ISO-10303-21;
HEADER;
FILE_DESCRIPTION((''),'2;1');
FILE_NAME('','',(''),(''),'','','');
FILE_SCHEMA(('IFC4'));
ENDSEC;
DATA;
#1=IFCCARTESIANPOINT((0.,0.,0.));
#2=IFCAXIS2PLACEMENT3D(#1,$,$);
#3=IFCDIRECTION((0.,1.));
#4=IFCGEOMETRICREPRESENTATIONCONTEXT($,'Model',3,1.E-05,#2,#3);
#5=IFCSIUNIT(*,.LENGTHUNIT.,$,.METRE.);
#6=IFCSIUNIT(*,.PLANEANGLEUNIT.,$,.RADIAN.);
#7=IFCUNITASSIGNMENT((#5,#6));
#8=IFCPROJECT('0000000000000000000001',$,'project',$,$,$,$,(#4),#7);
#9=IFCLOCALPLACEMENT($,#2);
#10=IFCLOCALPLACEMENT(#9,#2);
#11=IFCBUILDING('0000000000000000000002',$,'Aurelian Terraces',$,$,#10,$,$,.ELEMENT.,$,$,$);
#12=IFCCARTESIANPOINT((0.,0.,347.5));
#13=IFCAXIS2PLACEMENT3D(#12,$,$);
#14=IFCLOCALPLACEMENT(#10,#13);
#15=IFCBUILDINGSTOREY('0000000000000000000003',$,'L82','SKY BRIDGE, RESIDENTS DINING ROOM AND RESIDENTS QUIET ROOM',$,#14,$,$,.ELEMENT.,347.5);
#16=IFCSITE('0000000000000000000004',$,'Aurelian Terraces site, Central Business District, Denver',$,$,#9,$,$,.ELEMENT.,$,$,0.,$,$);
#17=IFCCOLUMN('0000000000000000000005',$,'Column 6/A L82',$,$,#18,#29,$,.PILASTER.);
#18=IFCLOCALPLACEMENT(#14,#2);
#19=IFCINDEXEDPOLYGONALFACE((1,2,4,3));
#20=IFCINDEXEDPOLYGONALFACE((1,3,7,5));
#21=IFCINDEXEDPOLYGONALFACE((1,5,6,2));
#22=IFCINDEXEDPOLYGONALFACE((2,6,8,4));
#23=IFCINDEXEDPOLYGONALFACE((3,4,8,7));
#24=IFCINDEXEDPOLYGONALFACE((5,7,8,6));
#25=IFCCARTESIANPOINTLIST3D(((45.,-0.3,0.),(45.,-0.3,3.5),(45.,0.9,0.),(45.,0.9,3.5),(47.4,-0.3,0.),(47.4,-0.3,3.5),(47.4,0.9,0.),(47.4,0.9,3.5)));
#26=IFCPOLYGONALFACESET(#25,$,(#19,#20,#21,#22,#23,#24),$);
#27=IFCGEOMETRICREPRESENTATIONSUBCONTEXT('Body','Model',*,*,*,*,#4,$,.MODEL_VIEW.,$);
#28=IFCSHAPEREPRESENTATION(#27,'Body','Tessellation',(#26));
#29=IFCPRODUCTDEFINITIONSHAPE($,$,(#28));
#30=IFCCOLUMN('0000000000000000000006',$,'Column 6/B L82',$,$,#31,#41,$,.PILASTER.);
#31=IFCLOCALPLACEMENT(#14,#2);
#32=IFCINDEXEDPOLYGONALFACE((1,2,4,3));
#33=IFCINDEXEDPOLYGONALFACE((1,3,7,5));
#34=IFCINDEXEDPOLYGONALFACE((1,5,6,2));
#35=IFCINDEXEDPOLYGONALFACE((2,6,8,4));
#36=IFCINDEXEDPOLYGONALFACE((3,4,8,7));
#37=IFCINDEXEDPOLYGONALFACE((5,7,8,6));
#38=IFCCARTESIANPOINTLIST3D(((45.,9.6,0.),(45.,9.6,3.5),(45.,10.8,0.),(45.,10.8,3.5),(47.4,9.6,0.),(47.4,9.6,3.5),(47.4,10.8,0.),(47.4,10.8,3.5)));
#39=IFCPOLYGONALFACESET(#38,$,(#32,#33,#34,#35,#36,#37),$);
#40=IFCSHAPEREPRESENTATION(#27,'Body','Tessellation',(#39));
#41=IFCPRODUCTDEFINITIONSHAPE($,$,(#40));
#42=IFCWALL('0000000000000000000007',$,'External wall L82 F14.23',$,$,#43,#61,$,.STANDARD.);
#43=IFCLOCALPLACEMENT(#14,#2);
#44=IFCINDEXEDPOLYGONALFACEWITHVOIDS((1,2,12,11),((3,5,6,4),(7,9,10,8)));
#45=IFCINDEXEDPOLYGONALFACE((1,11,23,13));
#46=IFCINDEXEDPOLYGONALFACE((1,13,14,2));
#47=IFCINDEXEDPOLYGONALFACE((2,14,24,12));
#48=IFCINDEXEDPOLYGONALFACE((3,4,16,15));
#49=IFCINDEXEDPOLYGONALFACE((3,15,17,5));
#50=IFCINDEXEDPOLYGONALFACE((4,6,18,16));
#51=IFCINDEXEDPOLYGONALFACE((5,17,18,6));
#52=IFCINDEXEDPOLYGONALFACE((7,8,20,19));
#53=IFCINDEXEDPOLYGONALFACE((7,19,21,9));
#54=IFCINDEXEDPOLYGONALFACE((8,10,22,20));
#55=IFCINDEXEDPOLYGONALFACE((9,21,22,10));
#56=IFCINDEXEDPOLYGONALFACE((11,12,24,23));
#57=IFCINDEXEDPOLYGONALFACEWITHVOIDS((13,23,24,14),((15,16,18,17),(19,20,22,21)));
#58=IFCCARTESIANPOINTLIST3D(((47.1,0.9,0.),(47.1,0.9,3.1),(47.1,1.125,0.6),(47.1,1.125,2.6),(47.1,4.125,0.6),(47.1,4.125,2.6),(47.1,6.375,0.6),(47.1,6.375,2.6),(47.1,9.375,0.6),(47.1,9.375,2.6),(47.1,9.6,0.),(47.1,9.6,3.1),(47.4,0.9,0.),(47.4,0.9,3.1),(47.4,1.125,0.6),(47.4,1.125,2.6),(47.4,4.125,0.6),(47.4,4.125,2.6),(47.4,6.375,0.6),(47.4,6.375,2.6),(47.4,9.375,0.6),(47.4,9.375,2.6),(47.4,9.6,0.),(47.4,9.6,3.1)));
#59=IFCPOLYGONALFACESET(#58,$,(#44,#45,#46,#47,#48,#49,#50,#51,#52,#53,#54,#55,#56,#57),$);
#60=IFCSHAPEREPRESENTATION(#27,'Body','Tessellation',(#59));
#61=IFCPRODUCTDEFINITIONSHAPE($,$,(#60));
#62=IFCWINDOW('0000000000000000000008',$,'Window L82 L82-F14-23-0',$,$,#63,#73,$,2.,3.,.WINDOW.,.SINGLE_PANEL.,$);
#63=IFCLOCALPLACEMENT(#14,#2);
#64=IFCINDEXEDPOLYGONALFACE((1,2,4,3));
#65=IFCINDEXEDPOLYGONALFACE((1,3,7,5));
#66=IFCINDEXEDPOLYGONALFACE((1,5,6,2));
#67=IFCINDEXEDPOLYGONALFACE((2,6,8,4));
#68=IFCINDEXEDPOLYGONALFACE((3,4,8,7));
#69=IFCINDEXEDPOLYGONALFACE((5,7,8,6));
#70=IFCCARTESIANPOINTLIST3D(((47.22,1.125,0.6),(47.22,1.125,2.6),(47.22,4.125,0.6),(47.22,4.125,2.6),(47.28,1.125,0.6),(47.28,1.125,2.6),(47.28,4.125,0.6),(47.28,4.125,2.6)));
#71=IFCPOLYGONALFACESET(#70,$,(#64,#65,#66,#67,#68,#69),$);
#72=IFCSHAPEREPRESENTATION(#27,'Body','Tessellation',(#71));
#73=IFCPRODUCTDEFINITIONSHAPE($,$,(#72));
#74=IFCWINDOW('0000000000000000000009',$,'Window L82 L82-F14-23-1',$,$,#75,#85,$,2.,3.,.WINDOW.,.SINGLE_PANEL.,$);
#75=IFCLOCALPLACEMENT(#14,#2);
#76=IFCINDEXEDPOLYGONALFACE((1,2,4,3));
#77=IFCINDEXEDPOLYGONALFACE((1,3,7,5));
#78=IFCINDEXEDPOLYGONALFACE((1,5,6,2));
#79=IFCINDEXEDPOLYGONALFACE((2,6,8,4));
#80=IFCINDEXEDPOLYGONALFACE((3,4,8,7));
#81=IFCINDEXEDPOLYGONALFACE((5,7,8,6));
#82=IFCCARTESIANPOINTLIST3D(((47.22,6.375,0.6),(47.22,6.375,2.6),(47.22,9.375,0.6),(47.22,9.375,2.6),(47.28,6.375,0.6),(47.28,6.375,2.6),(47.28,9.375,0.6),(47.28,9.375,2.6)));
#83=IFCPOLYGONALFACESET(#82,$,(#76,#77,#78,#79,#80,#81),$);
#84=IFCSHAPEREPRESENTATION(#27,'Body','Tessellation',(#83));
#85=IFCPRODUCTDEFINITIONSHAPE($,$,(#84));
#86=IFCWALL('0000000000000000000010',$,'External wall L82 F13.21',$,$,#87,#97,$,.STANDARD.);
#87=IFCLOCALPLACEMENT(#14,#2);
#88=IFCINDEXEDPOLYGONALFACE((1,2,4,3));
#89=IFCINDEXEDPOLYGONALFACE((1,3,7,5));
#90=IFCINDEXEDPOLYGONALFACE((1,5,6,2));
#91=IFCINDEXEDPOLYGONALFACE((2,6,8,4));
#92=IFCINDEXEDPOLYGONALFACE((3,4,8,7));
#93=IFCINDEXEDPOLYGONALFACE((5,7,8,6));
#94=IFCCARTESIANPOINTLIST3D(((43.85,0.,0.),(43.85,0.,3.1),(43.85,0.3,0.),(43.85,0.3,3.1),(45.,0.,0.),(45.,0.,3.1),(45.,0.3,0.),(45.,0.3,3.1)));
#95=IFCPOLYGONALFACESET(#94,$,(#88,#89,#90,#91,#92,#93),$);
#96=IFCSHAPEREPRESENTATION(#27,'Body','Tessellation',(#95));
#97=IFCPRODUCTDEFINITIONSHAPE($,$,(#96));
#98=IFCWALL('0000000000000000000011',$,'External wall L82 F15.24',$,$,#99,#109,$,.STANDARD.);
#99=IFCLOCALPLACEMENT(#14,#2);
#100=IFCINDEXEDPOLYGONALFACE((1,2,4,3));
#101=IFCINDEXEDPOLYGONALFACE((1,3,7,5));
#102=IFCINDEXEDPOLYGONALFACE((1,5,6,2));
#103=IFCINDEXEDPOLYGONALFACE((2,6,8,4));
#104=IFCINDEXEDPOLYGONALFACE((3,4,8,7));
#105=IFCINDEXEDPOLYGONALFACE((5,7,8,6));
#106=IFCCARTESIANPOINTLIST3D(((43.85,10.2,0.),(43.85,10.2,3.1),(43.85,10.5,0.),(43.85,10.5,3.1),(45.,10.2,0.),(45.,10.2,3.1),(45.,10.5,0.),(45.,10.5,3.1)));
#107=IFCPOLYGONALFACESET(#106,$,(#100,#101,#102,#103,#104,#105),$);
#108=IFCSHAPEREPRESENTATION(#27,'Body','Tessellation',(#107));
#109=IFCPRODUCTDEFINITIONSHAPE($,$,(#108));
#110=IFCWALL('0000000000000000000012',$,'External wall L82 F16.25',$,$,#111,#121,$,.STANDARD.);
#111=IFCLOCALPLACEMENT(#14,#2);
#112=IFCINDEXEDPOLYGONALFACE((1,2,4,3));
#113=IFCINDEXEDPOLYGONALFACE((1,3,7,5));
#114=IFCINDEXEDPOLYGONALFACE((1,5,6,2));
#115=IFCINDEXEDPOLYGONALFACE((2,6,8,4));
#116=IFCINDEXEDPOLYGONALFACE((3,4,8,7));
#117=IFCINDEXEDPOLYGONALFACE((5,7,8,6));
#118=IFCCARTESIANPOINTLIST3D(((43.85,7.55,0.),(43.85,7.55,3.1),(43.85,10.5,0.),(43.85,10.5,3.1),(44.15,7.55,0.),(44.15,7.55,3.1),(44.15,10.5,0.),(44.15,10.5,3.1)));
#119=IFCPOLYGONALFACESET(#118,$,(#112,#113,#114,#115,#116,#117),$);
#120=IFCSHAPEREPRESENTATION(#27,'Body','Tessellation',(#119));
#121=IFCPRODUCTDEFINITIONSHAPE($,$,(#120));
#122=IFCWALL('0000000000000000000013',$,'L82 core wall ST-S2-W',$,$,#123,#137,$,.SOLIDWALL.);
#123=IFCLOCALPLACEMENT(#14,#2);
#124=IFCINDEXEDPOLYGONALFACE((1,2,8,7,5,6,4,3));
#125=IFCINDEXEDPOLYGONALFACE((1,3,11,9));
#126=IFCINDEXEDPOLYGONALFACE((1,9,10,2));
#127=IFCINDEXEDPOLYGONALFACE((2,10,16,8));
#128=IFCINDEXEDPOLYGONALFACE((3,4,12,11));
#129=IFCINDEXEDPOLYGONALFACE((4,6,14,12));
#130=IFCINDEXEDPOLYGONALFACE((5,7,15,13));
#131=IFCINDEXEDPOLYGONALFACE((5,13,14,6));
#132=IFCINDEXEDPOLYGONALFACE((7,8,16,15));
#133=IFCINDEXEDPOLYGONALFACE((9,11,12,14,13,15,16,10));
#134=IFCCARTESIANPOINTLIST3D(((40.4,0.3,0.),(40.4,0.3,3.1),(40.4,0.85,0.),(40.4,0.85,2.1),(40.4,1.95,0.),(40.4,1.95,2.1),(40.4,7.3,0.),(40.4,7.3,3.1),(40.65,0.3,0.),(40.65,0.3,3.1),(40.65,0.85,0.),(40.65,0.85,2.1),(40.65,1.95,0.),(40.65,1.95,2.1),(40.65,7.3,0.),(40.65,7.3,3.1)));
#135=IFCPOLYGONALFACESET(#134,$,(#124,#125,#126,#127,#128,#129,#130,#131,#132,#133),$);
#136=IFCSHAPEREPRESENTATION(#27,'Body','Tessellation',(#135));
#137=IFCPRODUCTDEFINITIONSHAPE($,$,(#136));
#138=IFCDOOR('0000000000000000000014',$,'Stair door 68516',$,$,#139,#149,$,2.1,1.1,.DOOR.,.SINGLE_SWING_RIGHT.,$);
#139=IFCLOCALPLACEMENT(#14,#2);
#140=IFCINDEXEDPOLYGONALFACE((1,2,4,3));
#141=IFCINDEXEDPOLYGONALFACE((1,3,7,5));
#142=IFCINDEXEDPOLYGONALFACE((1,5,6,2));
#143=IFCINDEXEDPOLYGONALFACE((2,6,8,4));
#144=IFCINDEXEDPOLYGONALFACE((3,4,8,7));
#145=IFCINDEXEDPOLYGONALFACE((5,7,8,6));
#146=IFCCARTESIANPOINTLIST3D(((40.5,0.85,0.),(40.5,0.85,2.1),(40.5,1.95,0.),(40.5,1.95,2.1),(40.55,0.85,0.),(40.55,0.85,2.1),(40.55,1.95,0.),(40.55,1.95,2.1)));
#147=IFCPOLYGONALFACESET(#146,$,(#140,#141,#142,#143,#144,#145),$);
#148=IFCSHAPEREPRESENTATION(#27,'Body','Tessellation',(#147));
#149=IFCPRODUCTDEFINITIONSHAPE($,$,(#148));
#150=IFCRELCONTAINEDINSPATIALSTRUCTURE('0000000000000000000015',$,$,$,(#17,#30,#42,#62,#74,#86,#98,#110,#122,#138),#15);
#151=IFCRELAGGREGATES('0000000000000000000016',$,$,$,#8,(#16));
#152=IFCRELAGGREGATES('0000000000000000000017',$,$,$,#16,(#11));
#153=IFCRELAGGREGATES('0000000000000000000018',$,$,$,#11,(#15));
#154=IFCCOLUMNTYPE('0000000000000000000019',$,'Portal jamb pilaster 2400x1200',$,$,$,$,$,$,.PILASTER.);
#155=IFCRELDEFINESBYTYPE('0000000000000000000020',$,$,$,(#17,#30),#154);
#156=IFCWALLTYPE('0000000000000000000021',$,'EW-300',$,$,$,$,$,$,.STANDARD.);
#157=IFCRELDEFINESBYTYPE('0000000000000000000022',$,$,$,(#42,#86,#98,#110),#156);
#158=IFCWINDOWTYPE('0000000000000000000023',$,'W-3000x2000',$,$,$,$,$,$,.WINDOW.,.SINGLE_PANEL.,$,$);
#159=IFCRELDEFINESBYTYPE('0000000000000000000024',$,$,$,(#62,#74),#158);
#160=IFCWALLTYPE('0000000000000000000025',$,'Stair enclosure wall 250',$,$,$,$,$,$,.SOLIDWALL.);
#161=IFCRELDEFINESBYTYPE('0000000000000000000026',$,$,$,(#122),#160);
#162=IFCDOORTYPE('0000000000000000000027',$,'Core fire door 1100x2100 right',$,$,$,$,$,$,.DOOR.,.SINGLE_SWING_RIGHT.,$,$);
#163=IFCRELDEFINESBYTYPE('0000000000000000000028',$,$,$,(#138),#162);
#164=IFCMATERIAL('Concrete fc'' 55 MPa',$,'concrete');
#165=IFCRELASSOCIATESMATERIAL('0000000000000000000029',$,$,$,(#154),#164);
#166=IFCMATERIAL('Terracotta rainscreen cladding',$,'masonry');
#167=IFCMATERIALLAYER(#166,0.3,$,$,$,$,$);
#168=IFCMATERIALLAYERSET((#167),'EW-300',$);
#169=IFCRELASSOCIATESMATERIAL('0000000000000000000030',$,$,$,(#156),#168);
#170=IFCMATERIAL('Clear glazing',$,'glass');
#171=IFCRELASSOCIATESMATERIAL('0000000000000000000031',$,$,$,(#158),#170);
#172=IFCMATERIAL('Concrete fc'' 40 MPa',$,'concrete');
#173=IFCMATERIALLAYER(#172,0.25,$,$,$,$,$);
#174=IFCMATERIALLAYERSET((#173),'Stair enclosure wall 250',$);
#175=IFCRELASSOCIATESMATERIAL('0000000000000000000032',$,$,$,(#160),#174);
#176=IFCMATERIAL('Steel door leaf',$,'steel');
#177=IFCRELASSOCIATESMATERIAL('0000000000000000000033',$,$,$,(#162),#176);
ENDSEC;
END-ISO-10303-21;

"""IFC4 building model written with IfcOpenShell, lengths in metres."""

from ifc_helpers import new_model, si_unit, direction, frame, frame_2d, origin, origin_2d, place, context, subcontext, project, spatial, rectangle, extrude, source, transform, mapped, material, layer, layer_set, material_profile, profile_set, type_object, element, fill, save


model = new_model("IFC4")

# Units and contexts
model_context = context("Model", 3, precision=1e-05, world=origin(), true_north=direction((0.0, 1.0)))
body_context = subcontext(model_context, "Body", "Model", "MODEL_VIEW")
ifc_project = project(units=[si_unit("LENGTHUNIT", "METRE"), si_unit("PLANEANGLEUNIT", "RADIAN")], contexts=[model_context])

# Site, building, storey
site_placement = place(None, origin())
site = spatial("IfcSite", under=ifc_project, at=site_placement, Name="Aurelian Terraces site, Central Business District, Denver", CompositionType="ELEMENT", RefElevation=0.0)
building_placement = place(site_placement, origin())
building = spatial("IfcBuilding", under=site, at=building_placement, Name="Aurelian Terraces", CompositionType="ELEMENT")
storey_placement = place(building_placement, frame((0.0, 0.0, 347.5)))
storey = spatial("IfcBuildingStorey", under=building, at=storey_placement, Name="L82", Description="SKY BRIDGE, RESIDENTS DINING ROOM AND RESIDENTS QUIET ROOM", CompositionType="ELEMENT", Elevation=347.5)

# Columns
ifc_material_1 = material(Name="Concrete fc' 55 MPa", Category="concrete")
ifc_material_profile = material_profile(ifc_material_1, rectangle(XDim=2.4, YDim=1.2, at=origin_2d()))
ifc_profile_set = profile_set([ifc_material_profile], Name="Concrete fc' 55 MPa")
column_type = type_object("IfcColumnType", Name="Portal jamb pilaster 2400x1200", PredefinedType="PILASTER", material=ifc_profile_set)
shared_shape_1 = source(origin(), body_context, "Body", "SweptSolid", [
    extrude(rectangle(XDim=2.4, YDim=1.2, at=origin_2d()), origin(), (0.0, 0.0, 1.0), 3.5),
])
for number, where, z_axis, x_axis, name in (
    (1, (46.2, 0.3, 0.0), (0.0, 0.0, 1.0), (1.0, 0.0, 0.0), "Column 6/A L82"),
    (2, (46.2, 10.2, 0.0), (0.0, 0.0, 1.0), (1.0, 0.0, 0.0), "Column 6/B L82"),
):
    element("IfcColumn", number, at=place(storey_placement, frame(where, z_axis=z_axis, x_axis=x_axis)), inside=storey, type_object=column_type, Name=name, PredefinedType="PILASTER", context=body_context, shape_type="MappedRepresentation", body=[
        mapped(shared_shape_1, transform((0.0, 0.0, 0.0), scale=1.0)),
    ])

# Wall, openings, windows
ifc_material_2 = material(Name="Terracotta rainscreen cladding", Category="masonry")
ifc_layer_1 = layer(ifc_material_2, 0.3)
ifc_layer_set_1 = layer_set([ifc_layer_1], Name="EW-300")
wall_type_1 = type_object("IfcWallType", Name="EW-300", PredefinedType="STANDARD", material=ifc_layer_set_1)
shared_shape_2 = source(origin(), body_context, "Body", "SweptSolid", [
    extrude(rectangle(XDim=8.7, YDim=0.3, at=frame_2d((4.35, 0.0))), origin(), (0.0, 0.0, 1.0), 3.1),
])
wall_1_placement = place(storey_placement, frame((47.25, 0.9, 0.0), z_axis=(0.0, 0.0, 1.0), x_axis=(0.0, 1.0, 0.0)))
wall_1 = element("IfcWall", 3, at=wall_1_placement, inside=storey, type_object=wall_type_1, Name="External wall L82 F14.23", PredefinedType="STANDARD", context=body_context, shape_type="MappedRepresentation", body=[
    mapped(shared_shape_2, transform((0.0, 0.0, 0.0), scale=1.0)),
])
shared_shape_3 = source(origin(), body_context, "Body", "SweptSolid", [
    extrude(rectangle(XDim=3.0, YDim=2.0, at=frame_2d((1.5, 1.0))), frame((0.0, 0.16, 0.0), z_axis=(0.0, -1.0, 0.0), x_axis=(1.0, 0.0, 0.0)), (0.0, 0.0, 1.0), 0.32),
])
opening_1_placement = place(wall_1_placement, frame((0.225, 0.0, 0.6)))
opening_1 = element("IfcOpeningElement", 4, at=opening_1_placement, cuts=wall_1, PredefinedType="OPENING", context=body_context, shape_type="MappedRepresentation", body=[
    mapped(shared_shape_3, transform((0.0, 0.0, 0.0), scale=1.0)),
])
opening_2_placement = place(wall_1_placement, frame((5.475, 0.0, 0.6)))
opening_2 = element("IfcOpeningElement", 5, at=opening_2_placement, cuts=wall_1, PredefinedType="OPENING", context=body_context, shape_type="MappedRepresentation", body=[
    mapped(shared_shape_3, transform((0.0, 0.0, 0.0), scale=1.0)),
])
ifc_material_3 = material(Name="Clear glazing", Category="glass")
window_type = type_object("IfcWindowType", Name="W-3000x2000", PartitioningType="SINGLE_PANEL", PredefinedType="WINDOW", material=ifc_material_3)
shared_shape_4 = source(origin(), body_context, "Body", "SweptSolid", [
    extrude(rectangle(XDim=3.0, YDim=2.0, at=frame_2d((1.5, 1.0))), frame((0.0, 0.03, 0.0), z_axis=(0.0, -1.0, 0.0), x_axis=(1.0, 0.0, 0.0)), (0.0, 0.0, 1.0), 0.06),
])
window_1_placement = place(opening_1_placement, origin())
window_1 = element("IfcWindow", 6, at=window_1_placement, inside=storey, type_object=window_type, Name="Window L82 L82-F14-23-0", OverallHeight=2.0, OverallWidth=3.0, PartitioningType="SINGLE_PANEL", PredefinedType="WINDOW", context=body_context, shape_type="MappedRepresentation", body=[
    mapped(shared_shape_4, transform((0.0, 0.0, 0.0), scale=1.0)),
])
fill(opening_1, window_1)
window_2_placement = place(opening_2_placement, origin())
window_2 = element("IfcWindow", 7, at=window_2_placement, inside=storey, type_object=window_type, Name="Window L82 L82-F14-23-1", OverallHeight=2.0, OverallWidth=3.0, PartitioningType="SINGLE_PANEL", PredefinedType="WINDOW", context=body_context, shape_type="MappedRepresentation", body=[
    mapped(shared_shape_4, transform((0.0, 0.0, 0.0), scale=1.0)),
])
fill(opening_2, window_2)

# Walls
shared_shape_5 = source(origin(), body_context, "Body", "SweptSolid", [
    extrude(rectangle(XDim=1.15, YDim=0.3, at=frame_2d((0.575, 0.0))), origin(), (0.0, 0.0, 1.0), 3.1),
])
for number, where, z_axis, x_axis, name in (
    (8, (43.85, 0.15, 0.0), (0.0, 0.0, 1.0), (1.0, 0.0, 0.0), "External wall L82 F13.21"),
    (9, (45.0, 10.35, 0.0), (0.0, 0.0, 1.0), (-1.0, 0.0, 0.0), "External wall L82 F15.24"),
):
    element("IfcWall", number, at=place(storey_placement, frame(where, z_axis=z_axis, x_axis=x_axis)), inside=storey, type_object=wall_type_1, Name=name, PredefinedType="STANDARD", context=body_context, shape_type="MappedRepresentation", body=[
        mapped(shared_shape_5, transform((0.0, 0.0, 0.0), scale=1.0)),
    ])
shared_shape_6 = source(origin(), body_context, "Body", "SweptSolid", [
    extrude(rectangle(XDim=2.95, YDim=0.3, at=frame_2d((1.475, 0.0))), origin(), (0.0, 0.0, 1.0), 3.1),
])
wall_2_placement = place(storey_placement, frame((44.0, 10.5, 0.0), z_axis=(0.0, 0.0, 1.0), x_axis=(0.0, -1.0, 0.0)))
element("IfcWall", 10, at=wall_2_placement, inside=storey, type_object=wall_type_1, Name="External wall L82 F16.25", PredefinedType="STANDARD", context=body_context, shape_type="MappedRepresentation", body=[
    mapped(shared_shape_6, transform((0.0, 0.0, 0.0), scale=1.0)),
])

# Wall, opening, door
ifc_material_4 = material(Name="Concrete fc' 40 MPa", Category="concrete")
ifc_layer_2 = layer(ifc_material_4, 0.25)
ifc_layer_set_2 = layer_set([ifc_layer_2], Name="Stair enclosure wall 250")
wall_type_2 = type_object("IfcWallType", Name="Stair enclosure wall 250", PredefinedType="SOLIDWALL", material=ifc_layer_set_2)
shared_shape_7 = source(origin(), body_context, "Body", "SweptSolid", [
    extrude(rectangle(XDim=7.0, YDim=0.25, at=frame_2d((3.5, 0.0))), origin(), (0.0, 0.0, 1.0), 3.1),
])
wall_3_placement = place(storey_placement, frame((40.525, 0.3, 0.0), z_axis=(0.0, 0.0, 1.0), x_axis=(0.0, 1.0, 0.0)))
wall_3 = element("IfcWall", 11, at=wall_3_placement, inside=storey, type_object=wall_type_2, Name="L82 core wall ST-S2-W", PredefinedType="SOLIDWALL", context=body_context, shape_type="MappedRepresentation", body=[
    mapped(shared_shape_7, transform((0.0, 0.0, 0.0), scale=1.0)),
])
shared_shape_8 = source(origin(), body_context, "Body", "SweptSolid", [
    extrude(rectangle(XDim=1.1, YDim=2.1, at=frame_2d((0.55, 1.05))), frame((0.0, 0.135, 0.0), z_axis=(0.0, -1.0, 0.0), x_axis=(1.0, 0.0, 0.0)), (0.0, 0.0, 1.0), 0.27),
])
opening_3_placement = place(wall_3_placement, frame((0.55, 0.0, 0.0)))
opening_3 = element("IfcOpeningElement", 12, at=opening_3_placement, cuts=wall_3, PredefinedType="OPENING", context=body_context, shape_type="MappedRepresentation", body=[
    mapped(shared_shape_8, transform((0.0, 0.0, 0.0), scale=1.0)),
])
ifc_material_5 = material(Name="Steel door leaf", Category="steel")
door_type_1 = type_object("IfcDoorType", Name="Core fire door 1100x2100 right", OperationType="SINGLE_SWING_RIGHT", PredefinedType="DOOR", material=ifc_material_5)
shared_shape_9 = source(origin(), body_context, "Body", "SweptSolid", [
    extrude(rectangle(XDim=1.1, YDim=2.1, at=frame_2d((0.55, 1.05))), frame((0.0, 0.025, 0.0), z_axis=(0.0, -1.0, 0.0), x_axis=(1.0, 0.0, 0.0)), (0.0, 0.0, 1.0), 0.05),
])
door_1_placement = place(opening_3_placement, origin())
door_1 = element("IfcDoor", 13, at=door_1_placement, inside=storey, type_object=door_type_1, Name="Stair door 68516", OperationType="SINGLE_SWING_RIGHT", OverallHeight=2.1, OverallWidth=1.1, PredefinedType="DOOR", context=body_context, shape_type="MappedRepresentation", body=[
    mapped(shared_shape_9, transform((0.0, 0.0, 0.0), scale=1.0)),
])
fill(opening_3, door_1)

save(model, "model.ifc")
